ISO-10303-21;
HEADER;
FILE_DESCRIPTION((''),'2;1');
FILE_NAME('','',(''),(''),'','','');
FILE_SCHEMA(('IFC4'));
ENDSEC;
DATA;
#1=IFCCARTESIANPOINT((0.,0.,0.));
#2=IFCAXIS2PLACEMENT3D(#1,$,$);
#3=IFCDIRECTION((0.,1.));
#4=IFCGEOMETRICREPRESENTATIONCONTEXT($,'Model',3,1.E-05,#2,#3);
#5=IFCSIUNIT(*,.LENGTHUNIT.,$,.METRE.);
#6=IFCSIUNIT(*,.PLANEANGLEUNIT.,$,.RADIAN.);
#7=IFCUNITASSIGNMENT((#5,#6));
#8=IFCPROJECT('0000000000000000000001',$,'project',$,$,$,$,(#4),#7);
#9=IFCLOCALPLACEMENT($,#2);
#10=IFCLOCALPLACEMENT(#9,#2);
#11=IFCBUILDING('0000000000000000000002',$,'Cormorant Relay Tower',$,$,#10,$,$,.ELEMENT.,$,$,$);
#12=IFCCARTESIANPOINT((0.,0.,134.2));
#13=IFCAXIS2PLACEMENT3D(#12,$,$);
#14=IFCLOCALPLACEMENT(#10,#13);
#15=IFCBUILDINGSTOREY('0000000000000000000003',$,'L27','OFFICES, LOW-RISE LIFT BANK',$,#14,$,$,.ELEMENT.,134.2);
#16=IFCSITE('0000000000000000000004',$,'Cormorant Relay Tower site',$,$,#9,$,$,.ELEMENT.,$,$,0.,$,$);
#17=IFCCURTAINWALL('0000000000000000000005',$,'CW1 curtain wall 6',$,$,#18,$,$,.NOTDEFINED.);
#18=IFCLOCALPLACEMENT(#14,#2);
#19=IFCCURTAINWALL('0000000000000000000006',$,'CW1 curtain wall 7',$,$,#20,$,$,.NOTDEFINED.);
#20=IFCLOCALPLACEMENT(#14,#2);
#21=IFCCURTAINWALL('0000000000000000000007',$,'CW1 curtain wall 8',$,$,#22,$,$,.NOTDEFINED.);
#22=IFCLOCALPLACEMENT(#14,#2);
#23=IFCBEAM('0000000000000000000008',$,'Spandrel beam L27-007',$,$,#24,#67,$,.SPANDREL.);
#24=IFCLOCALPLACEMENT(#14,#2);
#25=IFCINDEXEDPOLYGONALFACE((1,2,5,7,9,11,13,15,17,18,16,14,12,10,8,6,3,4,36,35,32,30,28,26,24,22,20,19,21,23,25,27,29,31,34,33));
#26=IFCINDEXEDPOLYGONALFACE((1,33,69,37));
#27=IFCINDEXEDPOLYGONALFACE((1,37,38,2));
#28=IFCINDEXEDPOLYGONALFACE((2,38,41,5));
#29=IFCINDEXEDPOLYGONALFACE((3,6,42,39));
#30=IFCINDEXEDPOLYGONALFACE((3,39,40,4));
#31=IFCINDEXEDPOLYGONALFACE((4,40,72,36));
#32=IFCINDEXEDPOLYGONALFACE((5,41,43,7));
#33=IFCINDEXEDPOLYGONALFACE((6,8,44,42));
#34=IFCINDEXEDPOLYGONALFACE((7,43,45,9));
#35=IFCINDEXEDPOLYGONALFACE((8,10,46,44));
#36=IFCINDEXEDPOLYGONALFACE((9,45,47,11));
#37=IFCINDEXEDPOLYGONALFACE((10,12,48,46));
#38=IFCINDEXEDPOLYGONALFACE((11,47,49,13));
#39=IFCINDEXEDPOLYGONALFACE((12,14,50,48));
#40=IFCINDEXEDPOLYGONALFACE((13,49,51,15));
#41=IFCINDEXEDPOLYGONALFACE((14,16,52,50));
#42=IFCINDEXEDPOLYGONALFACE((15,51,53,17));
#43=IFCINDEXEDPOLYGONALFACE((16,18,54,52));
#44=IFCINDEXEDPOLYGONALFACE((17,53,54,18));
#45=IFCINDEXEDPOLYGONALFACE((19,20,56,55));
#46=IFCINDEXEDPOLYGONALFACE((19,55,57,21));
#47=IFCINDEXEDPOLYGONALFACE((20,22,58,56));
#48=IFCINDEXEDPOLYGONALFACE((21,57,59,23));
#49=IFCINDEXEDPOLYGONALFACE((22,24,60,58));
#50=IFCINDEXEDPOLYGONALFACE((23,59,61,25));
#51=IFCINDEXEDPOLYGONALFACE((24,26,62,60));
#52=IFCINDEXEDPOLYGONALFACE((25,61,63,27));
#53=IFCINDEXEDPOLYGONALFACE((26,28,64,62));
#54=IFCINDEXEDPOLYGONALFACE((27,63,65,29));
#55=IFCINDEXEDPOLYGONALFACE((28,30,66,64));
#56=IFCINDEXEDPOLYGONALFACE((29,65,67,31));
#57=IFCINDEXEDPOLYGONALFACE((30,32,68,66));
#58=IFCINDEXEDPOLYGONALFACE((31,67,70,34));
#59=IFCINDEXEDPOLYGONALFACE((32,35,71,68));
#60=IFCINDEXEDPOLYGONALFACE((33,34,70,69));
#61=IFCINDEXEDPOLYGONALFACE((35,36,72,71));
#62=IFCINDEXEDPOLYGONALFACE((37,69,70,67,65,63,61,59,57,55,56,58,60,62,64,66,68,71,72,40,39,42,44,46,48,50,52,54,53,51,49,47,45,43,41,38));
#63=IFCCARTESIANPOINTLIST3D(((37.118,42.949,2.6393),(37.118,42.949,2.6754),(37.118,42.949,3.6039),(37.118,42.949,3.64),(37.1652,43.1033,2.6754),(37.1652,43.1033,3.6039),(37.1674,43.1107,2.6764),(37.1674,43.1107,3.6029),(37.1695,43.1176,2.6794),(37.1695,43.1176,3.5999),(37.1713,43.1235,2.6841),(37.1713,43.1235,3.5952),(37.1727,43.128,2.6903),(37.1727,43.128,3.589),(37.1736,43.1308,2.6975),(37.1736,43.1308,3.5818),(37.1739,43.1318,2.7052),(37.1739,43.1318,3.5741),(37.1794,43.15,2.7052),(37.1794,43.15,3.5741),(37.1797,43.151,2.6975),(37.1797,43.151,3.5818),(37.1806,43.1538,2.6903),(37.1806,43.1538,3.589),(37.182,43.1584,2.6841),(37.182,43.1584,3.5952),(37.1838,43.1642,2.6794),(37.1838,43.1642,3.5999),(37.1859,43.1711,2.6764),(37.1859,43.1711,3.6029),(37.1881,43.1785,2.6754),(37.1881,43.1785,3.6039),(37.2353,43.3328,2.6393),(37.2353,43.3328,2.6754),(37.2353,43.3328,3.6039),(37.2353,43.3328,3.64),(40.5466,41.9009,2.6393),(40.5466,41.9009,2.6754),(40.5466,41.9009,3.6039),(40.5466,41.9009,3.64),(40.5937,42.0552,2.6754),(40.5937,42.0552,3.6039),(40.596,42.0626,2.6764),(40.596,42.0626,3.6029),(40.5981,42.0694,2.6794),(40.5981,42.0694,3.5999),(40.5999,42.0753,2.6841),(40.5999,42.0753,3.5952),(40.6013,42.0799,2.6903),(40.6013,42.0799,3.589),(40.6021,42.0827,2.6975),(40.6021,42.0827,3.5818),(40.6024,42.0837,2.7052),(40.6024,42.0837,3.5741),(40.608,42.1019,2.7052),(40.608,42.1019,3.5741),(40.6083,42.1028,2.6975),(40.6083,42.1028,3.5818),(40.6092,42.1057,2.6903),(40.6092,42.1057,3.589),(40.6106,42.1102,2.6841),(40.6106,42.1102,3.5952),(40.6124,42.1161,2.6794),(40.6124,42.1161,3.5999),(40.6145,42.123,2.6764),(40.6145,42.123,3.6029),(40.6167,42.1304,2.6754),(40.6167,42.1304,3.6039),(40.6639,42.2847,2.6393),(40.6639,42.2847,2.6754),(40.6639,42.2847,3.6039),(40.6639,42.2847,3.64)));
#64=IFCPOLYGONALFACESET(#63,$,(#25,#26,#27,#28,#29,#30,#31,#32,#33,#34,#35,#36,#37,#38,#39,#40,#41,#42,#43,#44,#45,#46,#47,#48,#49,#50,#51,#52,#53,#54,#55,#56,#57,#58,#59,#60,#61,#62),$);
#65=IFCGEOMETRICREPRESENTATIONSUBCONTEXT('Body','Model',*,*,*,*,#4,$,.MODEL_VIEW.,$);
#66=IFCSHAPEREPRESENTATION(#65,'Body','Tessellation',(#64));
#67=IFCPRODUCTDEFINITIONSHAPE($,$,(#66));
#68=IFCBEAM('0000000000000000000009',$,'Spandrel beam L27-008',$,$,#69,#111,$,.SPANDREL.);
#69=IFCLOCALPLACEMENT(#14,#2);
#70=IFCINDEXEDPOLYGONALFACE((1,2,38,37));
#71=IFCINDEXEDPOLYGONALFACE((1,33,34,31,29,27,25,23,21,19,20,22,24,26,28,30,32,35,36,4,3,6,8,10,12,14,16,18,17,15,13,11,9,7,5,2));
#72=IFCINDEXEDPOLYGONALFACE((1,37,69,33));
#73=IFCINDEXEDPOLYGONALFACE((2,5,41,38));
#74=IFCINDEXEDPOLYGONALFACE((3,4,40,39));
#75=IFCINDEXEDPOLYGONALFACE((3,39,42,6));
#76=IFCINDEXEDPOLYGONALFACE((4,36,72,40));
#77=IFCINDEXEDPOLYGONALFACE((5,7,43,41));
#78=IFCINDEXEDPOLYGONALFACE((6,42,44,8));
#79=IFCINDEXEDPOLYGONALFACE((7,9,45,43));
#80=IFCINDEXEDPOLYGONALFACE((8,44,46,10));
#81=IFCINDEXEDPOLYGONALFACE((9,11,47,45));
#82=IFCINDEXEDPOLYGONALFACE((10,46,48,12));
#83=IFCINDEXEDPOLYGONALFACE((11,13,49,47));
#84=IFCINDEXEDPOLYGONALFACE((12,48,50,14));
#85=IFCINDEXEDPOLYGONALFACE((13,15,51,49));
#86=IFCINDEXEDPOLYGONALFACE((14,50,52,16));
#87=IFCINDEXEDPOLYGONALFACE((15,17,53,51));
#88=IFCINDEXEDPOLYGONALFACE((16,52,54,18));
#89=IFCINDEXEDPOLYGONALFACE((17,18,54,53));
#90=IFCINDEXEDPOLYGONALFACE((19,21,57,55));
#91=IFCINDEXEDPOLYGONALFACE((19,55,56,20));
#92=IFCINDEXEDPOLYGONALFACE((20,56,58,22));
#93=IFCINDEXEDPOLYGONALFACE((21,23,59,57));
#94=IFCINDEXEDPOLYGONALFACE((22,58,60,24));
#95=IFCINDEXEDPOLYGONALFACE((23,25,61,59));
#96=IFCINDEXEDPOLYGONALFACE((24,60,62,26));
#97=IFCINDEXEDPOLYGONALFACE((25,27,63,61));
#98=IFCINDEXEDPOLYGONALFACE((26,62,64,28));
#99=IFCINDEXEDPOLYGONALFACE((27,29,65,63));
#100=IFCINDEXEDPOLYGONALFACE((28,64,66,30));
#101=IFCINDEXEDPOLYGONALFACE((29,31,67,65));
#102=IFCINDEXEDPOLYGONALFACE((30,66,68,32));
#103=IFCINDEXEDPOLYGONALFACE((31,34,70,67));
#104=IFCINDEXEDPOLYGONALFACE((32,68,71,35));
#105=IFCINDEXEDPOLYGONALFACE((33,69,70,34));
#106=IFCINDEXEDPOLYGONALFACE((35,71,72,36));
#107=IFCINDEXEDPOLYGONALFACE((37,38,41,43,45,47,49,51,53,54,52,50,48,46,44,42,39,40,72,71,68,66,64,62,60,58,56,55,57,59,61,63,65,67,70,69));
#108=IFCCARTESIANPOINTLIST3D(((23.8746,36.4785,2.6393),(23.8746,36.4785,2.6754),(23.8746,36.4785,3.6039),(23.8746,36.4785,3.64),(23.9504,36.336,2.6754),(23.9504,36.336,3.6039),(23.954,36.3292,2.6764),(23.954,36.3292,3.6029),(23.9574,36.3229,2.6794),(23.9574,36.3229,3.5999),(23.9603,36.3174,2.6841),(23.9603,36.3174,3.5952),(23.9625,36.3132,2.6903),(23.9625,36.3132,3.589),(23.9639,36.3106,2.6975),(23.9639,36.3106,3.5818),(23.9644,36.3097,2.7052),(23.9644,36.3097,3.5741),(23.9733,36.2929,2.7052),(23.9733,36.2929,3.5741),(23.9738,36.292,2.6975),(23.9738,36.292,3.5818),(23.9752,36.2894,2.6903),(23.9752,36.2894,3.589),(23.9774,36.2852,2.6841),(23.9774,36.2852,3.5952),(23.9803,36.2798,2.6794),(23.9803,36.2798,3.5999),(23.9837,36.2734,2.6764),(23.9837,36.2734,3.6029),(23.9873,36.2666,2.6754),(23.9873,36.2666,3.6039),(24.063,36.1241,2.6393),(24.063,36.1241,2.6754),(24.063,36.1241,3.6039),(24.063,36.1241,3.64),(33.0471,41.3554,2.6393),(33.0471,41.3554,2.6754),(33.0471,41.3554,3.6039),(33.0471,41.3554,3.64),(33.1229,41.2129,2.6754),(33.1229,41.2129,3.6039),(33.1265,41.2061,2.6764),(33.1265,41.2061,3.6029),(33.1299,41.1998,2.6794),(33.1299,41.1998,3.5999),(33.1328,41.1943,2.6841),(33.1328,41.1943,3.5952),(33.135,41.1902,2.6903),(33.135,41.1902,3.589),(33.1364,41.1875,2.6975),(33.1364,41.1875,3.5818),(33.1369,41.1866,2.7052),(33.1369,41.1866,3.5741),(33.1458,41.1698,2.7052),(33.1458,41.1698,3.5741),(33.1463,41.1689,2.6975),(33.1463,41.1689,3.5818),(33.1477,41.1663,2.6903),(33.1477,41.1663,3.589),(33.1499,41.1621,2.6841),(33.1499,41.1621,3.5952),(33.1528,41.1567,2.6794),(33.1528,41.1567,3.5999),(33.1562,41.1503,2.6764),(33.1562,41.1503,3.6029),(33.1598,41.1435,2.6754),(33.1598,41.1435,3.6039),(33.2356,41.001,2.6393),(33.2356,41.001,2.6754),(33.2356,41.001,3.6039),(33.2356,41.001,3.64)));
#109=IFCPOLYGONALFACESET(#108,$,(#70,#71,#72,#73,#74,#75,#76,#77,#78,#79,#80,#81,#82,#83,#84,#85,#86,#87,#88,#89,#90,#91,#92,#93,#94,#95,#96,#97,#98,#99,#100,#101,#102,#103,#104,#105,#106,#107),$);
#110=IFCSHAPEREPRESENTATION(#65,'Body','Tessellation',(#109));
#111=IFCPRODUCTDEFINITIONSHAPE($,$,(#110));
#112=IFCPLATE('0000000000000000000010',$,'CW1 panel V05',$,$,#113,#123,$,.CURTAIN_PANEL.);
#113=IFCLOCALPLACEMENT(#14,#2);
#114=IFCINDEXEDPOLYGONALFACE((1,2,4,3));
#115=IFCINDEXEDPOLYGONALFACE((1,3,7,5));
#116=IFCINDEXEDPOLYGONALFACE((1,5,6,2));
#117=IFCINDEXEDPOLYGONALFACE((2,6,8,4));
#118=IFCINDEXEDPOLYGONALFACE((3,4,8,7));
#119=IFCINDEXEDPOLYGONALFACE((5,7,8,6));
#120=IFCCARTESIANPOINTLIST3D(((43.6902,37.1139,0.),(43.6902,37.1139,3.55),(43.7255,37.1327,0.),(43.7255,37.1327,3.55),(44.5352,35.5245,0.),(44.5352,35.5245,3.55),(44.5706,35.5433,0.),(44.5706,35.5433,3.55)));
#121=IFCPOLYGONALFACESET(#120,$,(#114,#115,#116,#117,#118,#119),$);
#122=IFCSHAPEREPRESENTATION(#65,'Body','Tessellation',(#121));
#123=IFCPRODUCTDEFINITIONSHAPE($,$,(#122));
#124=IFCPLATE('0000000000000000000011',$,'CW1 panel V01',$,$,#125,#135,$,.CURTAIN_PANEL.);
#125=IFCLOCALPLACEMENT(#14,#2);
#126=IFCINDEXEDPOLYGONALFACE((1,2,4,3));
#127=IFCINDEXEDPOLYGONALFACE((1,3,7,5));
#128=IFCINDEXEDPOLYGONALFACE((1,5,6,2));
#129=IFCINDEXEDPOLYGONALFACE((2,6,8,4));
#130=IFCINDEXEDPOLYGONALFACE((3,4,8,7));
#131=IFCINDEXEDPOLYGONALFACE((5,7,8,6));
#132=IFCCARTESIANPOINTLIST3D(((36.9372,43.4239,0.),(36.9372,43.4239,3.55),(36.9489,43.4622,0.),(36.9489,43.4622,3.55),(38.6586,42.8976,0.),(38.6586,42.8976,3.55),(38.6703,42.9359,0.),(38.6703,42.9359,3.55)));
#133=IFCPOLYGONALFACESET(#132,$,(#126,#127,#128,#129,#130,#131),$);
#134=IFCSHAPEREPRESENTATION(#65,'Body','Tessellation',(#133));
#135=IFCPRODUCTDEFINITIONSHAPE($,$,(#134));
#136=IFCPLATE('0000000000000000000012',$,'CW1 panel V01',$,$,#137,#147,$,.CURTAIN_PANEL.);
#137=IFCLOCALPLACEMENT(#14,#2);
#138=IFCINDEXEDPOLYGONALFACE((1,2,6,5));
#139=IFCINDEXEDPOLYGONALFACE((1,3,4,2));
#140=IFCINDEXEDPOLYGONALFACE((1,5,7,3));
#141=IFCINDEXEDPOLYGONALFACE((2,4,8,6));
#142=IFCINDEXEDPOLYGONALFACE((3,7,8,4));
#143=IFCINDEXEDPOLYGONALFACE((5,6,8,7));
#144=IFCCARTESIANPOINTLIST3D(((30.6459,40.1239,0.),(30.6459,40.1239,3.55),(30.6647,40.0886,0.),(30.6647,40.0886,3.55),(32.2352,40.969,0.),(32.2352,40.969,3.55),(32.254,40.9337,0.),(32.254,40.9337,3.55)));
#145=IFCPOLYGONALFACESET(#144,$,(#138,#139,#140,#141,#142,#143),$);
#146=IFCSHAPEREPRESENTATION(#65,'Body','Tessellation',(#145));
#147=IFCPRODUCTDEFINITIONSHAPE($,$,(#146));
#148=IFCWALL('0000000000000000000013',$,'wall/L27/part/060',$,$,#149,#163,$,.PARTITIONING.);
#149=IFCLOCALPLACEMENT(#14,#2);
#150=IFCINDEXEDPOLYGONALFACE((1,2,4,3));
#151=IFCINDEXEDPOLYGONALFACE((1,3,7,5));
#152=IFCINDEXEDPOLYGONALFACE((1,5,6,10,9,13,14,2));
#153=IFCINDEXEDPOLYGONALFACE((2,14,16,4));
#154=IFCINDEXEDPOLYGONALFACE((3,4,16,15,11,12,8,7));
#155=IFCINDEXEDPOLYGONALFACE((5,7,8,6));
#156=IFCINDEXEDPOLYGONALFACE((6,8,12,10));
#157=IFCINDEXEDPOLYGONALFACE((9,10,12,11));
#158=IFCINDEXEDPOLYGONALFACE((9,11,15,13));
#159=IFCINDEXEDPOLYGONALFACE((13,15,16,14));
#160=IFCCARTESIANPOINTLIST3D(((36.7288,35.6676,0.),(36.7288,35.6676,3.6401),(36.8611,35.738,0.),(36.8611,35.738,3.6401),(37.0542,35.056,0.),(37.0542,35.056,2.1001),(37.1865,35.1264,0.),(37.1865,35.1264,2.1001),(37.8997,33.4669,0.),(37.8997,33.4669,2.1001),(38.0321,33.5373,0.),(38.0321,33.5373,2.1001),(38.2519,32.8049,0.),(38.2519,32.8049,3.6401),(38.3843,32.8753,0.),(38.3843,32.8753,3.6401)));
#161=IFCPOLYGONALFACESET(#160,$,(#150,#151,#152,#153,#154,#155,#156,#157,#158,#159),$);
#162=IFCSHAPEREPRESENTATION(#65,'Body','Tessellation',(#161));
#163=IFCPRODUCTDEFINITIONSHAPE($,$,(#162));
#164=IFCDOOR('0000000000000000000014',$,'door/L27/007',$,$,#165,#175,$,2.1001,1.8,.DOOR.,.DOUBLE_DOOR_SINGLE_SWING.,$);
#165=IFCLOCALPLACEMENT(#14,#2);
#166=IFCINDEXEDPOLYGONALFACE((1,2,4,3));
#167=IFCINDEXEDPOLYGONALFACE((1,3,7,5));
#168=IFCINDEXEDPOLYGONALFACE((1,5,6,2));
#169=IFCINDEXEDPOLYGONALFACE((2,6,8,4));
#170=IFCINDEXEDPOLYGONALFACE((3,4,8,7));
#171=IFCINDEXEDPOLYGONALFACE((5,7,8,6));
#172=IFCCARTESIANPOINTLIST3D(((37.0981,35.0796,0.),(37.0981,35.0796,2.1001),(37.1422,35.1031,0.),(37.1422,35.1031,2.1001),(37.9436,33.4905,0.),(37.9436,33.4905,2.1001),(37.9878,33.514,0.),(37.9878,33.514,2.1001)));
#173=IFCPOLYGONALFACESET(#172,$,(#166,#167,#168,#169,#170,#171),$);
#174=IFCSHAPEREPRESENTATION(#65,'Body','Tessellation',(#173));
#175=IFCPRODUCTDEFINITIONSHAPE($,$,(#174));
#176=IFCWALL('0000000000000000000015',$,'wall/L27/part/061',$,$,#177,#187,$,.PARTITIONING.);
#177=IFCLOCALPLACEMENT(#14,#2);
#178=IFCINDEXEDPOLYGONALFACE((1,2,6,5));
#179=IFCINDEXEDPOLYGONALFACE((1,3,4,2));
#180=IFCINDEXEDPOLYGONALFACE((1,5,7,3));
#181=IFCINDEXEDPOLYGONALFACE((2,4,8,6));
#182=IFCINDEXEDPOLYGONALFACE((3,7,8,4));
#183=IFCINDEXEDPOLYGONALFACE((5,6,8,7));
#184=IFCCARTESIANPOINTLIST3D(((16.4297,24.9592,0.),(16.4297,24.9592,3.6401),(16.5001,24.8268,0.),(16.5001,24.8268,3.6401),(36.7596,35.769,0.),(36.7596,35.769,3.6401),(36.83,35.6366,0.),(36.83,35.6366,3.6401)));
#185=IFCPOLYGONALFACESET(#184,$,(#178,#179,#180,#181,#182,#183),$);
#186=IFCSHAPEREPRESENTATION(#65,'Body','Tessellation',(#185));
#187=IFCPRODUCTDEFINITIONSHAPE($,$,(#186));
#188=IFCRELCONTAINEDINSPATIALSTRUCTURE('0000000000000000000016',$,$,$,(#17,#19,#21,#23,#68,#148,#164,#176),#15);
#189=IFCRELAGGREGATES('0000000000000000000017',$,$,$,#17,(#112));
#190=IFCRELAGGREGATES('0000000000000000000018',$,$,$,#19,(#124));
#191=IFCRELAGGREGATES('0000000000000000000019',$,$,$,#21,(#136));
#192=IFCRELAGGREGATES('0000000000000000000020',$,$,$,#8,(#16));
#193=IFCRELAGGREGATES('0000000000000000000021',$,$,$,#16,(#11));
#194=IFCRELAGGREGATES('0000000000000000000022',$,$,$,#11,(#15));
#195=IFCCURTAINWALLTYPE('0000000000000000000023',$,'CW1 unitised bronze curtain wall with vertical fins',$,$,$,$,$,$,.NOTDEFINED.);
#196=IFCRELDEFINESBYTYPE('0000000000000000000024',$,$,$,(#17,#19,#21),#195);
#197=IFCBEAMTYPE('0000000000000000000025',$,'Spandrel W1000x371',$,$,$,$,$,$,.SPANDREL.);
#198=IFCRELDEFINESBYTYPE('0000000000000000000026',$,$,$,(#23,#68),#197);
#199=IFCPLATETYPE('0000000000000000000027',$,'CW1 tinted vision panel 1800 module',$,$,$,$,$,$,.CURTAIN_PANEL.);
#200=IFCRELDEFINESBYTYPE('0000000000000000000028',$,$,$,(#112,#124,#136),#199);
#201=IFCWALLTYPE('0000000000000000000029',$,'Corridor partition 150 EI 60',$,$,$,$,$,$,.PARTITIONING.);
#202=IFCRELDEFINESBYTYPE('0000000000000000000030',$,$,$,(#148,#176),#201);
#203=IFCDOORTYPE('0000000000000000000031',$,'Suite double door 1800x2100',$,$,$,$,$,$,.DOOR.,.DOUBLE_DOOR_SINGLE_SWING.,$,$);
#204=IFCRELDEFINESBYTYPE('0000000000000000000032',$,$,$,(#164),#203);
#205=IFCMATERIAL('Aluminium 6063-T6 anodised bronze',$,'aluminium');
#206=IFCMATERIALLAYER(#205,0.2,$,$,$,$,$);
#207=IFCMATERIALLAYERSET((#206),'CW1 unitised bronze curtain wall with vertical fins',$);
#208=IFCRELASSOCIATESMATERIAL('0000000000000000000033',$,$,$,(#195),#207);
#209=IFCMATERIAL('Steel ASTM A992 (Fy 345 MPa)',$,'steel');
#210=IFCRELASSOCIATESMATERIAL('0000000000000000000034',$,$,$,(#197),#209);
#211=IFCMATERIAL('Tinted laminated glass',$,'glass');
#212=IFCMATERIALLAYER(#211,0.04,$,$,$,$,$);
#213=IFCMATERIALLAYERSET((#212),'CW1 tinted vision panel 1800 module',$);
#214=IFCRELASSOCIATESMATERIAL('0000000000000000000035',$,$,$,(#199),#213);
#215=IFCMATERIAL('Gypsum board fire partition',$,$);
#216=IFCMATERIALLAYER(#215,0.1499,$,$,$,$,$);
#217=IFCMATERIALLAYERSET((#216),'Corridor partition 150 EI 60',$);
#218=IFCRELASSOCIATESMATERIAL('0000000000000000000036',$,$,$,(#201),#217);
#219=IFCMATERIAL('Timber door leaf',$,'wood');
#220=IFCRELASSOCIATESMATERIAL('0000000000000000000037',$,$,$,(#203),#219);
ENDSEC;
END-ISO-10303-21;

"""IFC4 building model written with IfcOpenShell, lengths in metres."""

from ifc_helpers import new_model, si_unit, direction, frame, frame_2d, origin, origin_2d, place, context, subcontext, project, spatial, rectangle, i_section, extrude, material, layer, layer_set, material_profile, profile_set, type_object, element, fill, aggregate, save


model = new_model("IFC4")

# Units and contexts
model_context = context("Model", 3, precision=1e-05, world=origin(), true_north=direction((0.0, 1.0)))
body_context = subcontext(model_context, "Body", "Model", "MODEL_VIEW")
ifc_project = project(units=[si_unit("LENGTHUNIT", "METRE"), si_unit("PLANEANGLEUNIT", "RADIAN")], contexts=[model_context])

# Site, building, storey
site_placement = place(None, origin())
site = spatial("IfcSite", under=ifc_project, at=site_placement, Name="Cormorant Relay Tower site", CompositionType="ELEMENT", RefElevation=0.0)
building_placement = place(site_placement, origin())
building = spatial("IfcBuilding", under=site, at=building_placement, Name="Cormorant Relay Tower", CompositionType="ELEMENT")
storey_placement = place(building_placement, frame((0.0, 0.0, 134.2)))
storey = spatial("IfcBuildingStorey", under=building, at=storey_placement, Name="L27", Description="OFFICES, LOW-RISE LIFT BANK", CompositionType="ELEMENT", Elevation=134.2)

# Curtain wall
ifc_material_1 = material(Name="Aluminium 6063-T6 anodised bronze", Category="aluminium")
ifc_layer_1 = layer(ifc_material_1, 0.2)
ifc_layer_set_1 = layer_set([ifc_layer_1], Name="CW1 unitised bronze curtain wall with vertical fins")
curtain_wall_type = type_object("IfcCurtainWallType", Name="CW1 unitised bronze curtain wall with vertical fins", PredefinedType="NOTDEFINED", material=ifc_layer_set_1)
curtain_wall_1_placement = place(storey_placement, origin())
curtain_wall_1 = element("IfcCurtainWall", 1, at=curtain_wall_1_placement, inside=storey, type_object=curtain_wall_type, Name="CW1 curtain wall 6", PredefinedType="NOTDEFINED")

# Curtain wall
curtain_wall_2_placement = place(storey_placement, origin())
curtain_wall_2 = element("IfcCurtainWall", 2, at=curtain_wall_2_placement, inside=storey, type_object=curtain_wall_type, Name="CW1 curtain wall 7", PredefinedType="NOTDEFINED")

# Curtain wall
curtain_wall_3_placement = place(storey_placement, origin())
curtain_wall_3 = element("IfcCurtainWall", 3, at=curtain_wall_3_placement, inside=storey, type_object=curtain_wall_type, Name="CW1 curtain wall 8", PredefinedType="NOTDEFINED")

# Beams
ifc_material_2 = material(Name="Steel ASTM A992 (Fy 345 MPa)", Category="steel")
ifc_material_profile_1 = material_profile(ifc_material_2, i_section(OverallWidth=0.4014, OverallDepth=1.0007, WebThickness=0.019, FlangeThickness=0.0361, FilletRadius=0.0298, at=origin_2d()), Name="W1000x371")
ifc_profile_set_1 = profile_set([ifc_material_profile_1], Name="Steel ASTM A992 (Fy 345 MPa)")
beam_type = type_object("IfcBeamType", Name="Spandrel W1000x371", PredefinedType="SPANDREL", material=ifc_profile_set_1)
beam_1_placement = place(storey_placement, frame((40.6052, 42.0928, 3.1396), z_axis=(-0.956312, 0.292348, 0.0), x_axis=(-0.292348, -0.956312, 0.0)))
element("IfcBeam", 4, at=beam_1_placement, inside=storey, type_object=beam_type, Name="Spandrel beam L27-007", PredefinedType="SPANDREL", context=body_context, shape_type="SweptSolid", body=[
    extrude(i_section(OverallWidth=0.4014, OverallDepth=1.0007, WebThickness=0.019, FlangeThickness=0.0361, FilletRadius=0.0298, at=origin_2d()), origin(), (0.0, 0.0, 1.0), 3.5852),
])
beam_2_placement = place(storey_placement, frame((33.1414, 41.1782, 3.1396), z_axis=(-0.882956, -0.469456, 0.0), x_axis=(0.469456, -0.882956, 0.0)))
element("IfcBeam", 5, at=beam_2_placement, inside=storey, type_object=beam_type, Name="Spandrel beam L27-008", PredefinedType="SPANDREL", context=body_context, shape_type="SweptSolid", body=[
    extrude(i_section(OverallWidth=0.4014, OverallDepth=1.0007, WebThickness=0.019, FlangeThickness=0.0361, FilletRadius=0.0298, at=origin_2d()), origin(), (0.0, 0.0, 1.0), 10.3884),
])

# Plates
ifc_material_3 = material(Name="Tinted laminated glass", Category="glass")
ifc_layer_2 = layer(ifc_material_3, 0.04)
ifc_layer_set_2 = layer_set([ifc_layer_2], Name="CW1 tinted vision panel 1800 module")
plate_type = type_object("IfcPlateType", Name="CW1 tinted vision panel 1800 module", PredefinedType="CURTAIN_PANEL", material=ifc_layer_set_2)
plate_1_placement = place(storey_placement, frame((44.1304, 36.3286, 0.0), z_axis=(0.0, 0.0, 1.0), x_axis=(-0.469472, 0.882948, 0.0)))
plate_1 = element("IfcPlate", 6, at=plate_1_placement, type_object=plate_type, Name="CW1 panel V05", PredefinedType="CURTAIN_PANEL", context=body_context, shape_type="SweptSolid", body=[
    extrude(rectangle(XDim=1.8, YDim=0.04, at=origin_2d()), origin(), (0.0, 0.0, 1.0), 3.55),
])
plate_2_placement = place(storey_placement, frame((37.8037, 43.1799, 0.0), z_axis=(0.0, 0.0, 1.0), x_axis=(-0.956305, 0.292372, 0.0)))
plate_2 = element("IfcPlate", 7, at=plate_2_placement, type_object=plate_type, Name="CW1 panel V01", PredefinedType="CURTAIN_PANEL", context=body_context, shape_type="SweptSolid", body=[
    extrude(rectangle(XDim=1.8, YDim=0.04, at=origin_2d()), origin(), (0.0, 0.0, 1.0), 3.55),
])
plate_3_placement = place(storey_placement, frame((31.45, 40.5288, 0.0), z_axis=(0.0, 0.0, 1.0), x_axis=(-0.882948, -0.469472, 0.0)))
plate_3 = element("IfcPlate", 8, at=plate_3_placement, type_object=plate_type, Name="CW1 panel V01", PredefinedType="CURTAIN_PANEL", context=body_context, shape_type="SweptSolid", body=[
    extrude(rectangle(XDim=1.8, YDim=0.04, at=origin_2d()), origin(), (0.0, 0.0, 1.0), 3.55),
])

# Wall, opening, door
ifc_material_4 = material(Name="Gypsum board fire partition")
ifc_layer_3 = layer(ifc_material_4, 0.1499)
ifc_layer_set_3 = layer_set([ifc_layer_3], Name="Corridor partition 150 EI 60")
wall_type_1 = type_object("IfcWallType", Name="Corridor partition 150 EI 60", PredefinedType="PARTITIONING", material=ifc_layer_set_3)
wall_1_placement = place(storey_placement, frame((38.3181, 32.8401, 0.0), z_axis=(0.0, 0.0, 1.0), x_axis=(-0.469717, 0.882817, 0.0)))
wall_1 = element("IfcWall", 9, at=wall_1_placement, inside=storey, type_object=wall_type_1, Name="wall/L27/part/060", PredefinedType="PARTITIONING", context=body_context, shape_type="SweptSolid", body=[
    extrude(rectangle(XDim=3.2427, YDim=0.1499, at=frame_2d((1.6213, 0.0))), origin(), (0.0, 0.0, 1.0), 3.6401),
])
opening_placement = place(wall_1_placement, frame((0.75, 0.0, 0.0)))
opening = element("IfcOpeningElement", 10, at=opening_placement, cuts=wall_1, PredefinedType="OPENING", context=body_context, shape_type="SweptSolid", body=[
    extrude(rectangle(XDim=1.8, YDim=2.1001, at=frame_2d((0.8999, 1.05))), frame((0.0, 0.085, 0.0), z_axis=(0.0, -1.0, 0.0), x_axis=(1.0, 0.0, 0.0)), (0.0, 0.0, 1.0), 0.1699),
])
ifc_material_5 = material(Name="Timber door leaf", Category="wood")
door_type = type_object("IfcDoorType", Name="Suite double door 1800x2100", OperationType="DOUBLE_DOOR_SINGLE_SWING", PredefinedType="DOOR", material=ifc_material_5)
door_placement = place(opening_placement, frame((1.8, 0.0, 0.0), z_axis=(0.0, 0.0, 1.0), x_axis=(-1.0, 0.0, 0.0)))
door = element("IfcDoor", 11, at=door_placement, inside=storey, type_object=door_type, Name="door/L27/007", OperationType="DOUBLE_DOOR_SINGLE_SWING", OverallHeight=2.1001, OverallWidth=1.8, PredefinedType="DOOR", context=body_context, shape_type="SweptSolid", body=[
    extrude(rectangle(XDim=1.8, YDim=2.1001, at=frame_2d((0.8999, 1.05))), frame((0.0, 0.0249, 0.0), z_axis=(0.0, -1.0, 0.0), x_axis=(1.0, 0.0, 0.0)), (0.0, 0.0, 1.0), 0.05),
])
fill(opening, door)

# Wall
wall_2_placement = place(storey_placement, frame((36.7949, 35.7029, 0.0), z_axis=(0.0, 0.0, 1.0), x_axis=(-0.882943, -0.46948, 0.0)))
element("IfcWall", 12, at=wall_2_placement, inside=storey, type_object=wall_type_1, Name="wall/L27/part/061", PredefinedType="PARTITIONING", context=body_context, shape_type="SweptSolid", body=[
    extrude(rectangle(XDim=23.0251, YDim=0.1499, at=frame_2d((11.5127, 0.0))), origin(), (0.0, 0.0, 1.0), 3.6401),
])

aggregate(curtain_wall_1, [plate_1])
aggregate(curtain_wall_2, [plate_2])
aggregate(curtain_wall_3, [plate_3])

save(model, "model.ifc")
